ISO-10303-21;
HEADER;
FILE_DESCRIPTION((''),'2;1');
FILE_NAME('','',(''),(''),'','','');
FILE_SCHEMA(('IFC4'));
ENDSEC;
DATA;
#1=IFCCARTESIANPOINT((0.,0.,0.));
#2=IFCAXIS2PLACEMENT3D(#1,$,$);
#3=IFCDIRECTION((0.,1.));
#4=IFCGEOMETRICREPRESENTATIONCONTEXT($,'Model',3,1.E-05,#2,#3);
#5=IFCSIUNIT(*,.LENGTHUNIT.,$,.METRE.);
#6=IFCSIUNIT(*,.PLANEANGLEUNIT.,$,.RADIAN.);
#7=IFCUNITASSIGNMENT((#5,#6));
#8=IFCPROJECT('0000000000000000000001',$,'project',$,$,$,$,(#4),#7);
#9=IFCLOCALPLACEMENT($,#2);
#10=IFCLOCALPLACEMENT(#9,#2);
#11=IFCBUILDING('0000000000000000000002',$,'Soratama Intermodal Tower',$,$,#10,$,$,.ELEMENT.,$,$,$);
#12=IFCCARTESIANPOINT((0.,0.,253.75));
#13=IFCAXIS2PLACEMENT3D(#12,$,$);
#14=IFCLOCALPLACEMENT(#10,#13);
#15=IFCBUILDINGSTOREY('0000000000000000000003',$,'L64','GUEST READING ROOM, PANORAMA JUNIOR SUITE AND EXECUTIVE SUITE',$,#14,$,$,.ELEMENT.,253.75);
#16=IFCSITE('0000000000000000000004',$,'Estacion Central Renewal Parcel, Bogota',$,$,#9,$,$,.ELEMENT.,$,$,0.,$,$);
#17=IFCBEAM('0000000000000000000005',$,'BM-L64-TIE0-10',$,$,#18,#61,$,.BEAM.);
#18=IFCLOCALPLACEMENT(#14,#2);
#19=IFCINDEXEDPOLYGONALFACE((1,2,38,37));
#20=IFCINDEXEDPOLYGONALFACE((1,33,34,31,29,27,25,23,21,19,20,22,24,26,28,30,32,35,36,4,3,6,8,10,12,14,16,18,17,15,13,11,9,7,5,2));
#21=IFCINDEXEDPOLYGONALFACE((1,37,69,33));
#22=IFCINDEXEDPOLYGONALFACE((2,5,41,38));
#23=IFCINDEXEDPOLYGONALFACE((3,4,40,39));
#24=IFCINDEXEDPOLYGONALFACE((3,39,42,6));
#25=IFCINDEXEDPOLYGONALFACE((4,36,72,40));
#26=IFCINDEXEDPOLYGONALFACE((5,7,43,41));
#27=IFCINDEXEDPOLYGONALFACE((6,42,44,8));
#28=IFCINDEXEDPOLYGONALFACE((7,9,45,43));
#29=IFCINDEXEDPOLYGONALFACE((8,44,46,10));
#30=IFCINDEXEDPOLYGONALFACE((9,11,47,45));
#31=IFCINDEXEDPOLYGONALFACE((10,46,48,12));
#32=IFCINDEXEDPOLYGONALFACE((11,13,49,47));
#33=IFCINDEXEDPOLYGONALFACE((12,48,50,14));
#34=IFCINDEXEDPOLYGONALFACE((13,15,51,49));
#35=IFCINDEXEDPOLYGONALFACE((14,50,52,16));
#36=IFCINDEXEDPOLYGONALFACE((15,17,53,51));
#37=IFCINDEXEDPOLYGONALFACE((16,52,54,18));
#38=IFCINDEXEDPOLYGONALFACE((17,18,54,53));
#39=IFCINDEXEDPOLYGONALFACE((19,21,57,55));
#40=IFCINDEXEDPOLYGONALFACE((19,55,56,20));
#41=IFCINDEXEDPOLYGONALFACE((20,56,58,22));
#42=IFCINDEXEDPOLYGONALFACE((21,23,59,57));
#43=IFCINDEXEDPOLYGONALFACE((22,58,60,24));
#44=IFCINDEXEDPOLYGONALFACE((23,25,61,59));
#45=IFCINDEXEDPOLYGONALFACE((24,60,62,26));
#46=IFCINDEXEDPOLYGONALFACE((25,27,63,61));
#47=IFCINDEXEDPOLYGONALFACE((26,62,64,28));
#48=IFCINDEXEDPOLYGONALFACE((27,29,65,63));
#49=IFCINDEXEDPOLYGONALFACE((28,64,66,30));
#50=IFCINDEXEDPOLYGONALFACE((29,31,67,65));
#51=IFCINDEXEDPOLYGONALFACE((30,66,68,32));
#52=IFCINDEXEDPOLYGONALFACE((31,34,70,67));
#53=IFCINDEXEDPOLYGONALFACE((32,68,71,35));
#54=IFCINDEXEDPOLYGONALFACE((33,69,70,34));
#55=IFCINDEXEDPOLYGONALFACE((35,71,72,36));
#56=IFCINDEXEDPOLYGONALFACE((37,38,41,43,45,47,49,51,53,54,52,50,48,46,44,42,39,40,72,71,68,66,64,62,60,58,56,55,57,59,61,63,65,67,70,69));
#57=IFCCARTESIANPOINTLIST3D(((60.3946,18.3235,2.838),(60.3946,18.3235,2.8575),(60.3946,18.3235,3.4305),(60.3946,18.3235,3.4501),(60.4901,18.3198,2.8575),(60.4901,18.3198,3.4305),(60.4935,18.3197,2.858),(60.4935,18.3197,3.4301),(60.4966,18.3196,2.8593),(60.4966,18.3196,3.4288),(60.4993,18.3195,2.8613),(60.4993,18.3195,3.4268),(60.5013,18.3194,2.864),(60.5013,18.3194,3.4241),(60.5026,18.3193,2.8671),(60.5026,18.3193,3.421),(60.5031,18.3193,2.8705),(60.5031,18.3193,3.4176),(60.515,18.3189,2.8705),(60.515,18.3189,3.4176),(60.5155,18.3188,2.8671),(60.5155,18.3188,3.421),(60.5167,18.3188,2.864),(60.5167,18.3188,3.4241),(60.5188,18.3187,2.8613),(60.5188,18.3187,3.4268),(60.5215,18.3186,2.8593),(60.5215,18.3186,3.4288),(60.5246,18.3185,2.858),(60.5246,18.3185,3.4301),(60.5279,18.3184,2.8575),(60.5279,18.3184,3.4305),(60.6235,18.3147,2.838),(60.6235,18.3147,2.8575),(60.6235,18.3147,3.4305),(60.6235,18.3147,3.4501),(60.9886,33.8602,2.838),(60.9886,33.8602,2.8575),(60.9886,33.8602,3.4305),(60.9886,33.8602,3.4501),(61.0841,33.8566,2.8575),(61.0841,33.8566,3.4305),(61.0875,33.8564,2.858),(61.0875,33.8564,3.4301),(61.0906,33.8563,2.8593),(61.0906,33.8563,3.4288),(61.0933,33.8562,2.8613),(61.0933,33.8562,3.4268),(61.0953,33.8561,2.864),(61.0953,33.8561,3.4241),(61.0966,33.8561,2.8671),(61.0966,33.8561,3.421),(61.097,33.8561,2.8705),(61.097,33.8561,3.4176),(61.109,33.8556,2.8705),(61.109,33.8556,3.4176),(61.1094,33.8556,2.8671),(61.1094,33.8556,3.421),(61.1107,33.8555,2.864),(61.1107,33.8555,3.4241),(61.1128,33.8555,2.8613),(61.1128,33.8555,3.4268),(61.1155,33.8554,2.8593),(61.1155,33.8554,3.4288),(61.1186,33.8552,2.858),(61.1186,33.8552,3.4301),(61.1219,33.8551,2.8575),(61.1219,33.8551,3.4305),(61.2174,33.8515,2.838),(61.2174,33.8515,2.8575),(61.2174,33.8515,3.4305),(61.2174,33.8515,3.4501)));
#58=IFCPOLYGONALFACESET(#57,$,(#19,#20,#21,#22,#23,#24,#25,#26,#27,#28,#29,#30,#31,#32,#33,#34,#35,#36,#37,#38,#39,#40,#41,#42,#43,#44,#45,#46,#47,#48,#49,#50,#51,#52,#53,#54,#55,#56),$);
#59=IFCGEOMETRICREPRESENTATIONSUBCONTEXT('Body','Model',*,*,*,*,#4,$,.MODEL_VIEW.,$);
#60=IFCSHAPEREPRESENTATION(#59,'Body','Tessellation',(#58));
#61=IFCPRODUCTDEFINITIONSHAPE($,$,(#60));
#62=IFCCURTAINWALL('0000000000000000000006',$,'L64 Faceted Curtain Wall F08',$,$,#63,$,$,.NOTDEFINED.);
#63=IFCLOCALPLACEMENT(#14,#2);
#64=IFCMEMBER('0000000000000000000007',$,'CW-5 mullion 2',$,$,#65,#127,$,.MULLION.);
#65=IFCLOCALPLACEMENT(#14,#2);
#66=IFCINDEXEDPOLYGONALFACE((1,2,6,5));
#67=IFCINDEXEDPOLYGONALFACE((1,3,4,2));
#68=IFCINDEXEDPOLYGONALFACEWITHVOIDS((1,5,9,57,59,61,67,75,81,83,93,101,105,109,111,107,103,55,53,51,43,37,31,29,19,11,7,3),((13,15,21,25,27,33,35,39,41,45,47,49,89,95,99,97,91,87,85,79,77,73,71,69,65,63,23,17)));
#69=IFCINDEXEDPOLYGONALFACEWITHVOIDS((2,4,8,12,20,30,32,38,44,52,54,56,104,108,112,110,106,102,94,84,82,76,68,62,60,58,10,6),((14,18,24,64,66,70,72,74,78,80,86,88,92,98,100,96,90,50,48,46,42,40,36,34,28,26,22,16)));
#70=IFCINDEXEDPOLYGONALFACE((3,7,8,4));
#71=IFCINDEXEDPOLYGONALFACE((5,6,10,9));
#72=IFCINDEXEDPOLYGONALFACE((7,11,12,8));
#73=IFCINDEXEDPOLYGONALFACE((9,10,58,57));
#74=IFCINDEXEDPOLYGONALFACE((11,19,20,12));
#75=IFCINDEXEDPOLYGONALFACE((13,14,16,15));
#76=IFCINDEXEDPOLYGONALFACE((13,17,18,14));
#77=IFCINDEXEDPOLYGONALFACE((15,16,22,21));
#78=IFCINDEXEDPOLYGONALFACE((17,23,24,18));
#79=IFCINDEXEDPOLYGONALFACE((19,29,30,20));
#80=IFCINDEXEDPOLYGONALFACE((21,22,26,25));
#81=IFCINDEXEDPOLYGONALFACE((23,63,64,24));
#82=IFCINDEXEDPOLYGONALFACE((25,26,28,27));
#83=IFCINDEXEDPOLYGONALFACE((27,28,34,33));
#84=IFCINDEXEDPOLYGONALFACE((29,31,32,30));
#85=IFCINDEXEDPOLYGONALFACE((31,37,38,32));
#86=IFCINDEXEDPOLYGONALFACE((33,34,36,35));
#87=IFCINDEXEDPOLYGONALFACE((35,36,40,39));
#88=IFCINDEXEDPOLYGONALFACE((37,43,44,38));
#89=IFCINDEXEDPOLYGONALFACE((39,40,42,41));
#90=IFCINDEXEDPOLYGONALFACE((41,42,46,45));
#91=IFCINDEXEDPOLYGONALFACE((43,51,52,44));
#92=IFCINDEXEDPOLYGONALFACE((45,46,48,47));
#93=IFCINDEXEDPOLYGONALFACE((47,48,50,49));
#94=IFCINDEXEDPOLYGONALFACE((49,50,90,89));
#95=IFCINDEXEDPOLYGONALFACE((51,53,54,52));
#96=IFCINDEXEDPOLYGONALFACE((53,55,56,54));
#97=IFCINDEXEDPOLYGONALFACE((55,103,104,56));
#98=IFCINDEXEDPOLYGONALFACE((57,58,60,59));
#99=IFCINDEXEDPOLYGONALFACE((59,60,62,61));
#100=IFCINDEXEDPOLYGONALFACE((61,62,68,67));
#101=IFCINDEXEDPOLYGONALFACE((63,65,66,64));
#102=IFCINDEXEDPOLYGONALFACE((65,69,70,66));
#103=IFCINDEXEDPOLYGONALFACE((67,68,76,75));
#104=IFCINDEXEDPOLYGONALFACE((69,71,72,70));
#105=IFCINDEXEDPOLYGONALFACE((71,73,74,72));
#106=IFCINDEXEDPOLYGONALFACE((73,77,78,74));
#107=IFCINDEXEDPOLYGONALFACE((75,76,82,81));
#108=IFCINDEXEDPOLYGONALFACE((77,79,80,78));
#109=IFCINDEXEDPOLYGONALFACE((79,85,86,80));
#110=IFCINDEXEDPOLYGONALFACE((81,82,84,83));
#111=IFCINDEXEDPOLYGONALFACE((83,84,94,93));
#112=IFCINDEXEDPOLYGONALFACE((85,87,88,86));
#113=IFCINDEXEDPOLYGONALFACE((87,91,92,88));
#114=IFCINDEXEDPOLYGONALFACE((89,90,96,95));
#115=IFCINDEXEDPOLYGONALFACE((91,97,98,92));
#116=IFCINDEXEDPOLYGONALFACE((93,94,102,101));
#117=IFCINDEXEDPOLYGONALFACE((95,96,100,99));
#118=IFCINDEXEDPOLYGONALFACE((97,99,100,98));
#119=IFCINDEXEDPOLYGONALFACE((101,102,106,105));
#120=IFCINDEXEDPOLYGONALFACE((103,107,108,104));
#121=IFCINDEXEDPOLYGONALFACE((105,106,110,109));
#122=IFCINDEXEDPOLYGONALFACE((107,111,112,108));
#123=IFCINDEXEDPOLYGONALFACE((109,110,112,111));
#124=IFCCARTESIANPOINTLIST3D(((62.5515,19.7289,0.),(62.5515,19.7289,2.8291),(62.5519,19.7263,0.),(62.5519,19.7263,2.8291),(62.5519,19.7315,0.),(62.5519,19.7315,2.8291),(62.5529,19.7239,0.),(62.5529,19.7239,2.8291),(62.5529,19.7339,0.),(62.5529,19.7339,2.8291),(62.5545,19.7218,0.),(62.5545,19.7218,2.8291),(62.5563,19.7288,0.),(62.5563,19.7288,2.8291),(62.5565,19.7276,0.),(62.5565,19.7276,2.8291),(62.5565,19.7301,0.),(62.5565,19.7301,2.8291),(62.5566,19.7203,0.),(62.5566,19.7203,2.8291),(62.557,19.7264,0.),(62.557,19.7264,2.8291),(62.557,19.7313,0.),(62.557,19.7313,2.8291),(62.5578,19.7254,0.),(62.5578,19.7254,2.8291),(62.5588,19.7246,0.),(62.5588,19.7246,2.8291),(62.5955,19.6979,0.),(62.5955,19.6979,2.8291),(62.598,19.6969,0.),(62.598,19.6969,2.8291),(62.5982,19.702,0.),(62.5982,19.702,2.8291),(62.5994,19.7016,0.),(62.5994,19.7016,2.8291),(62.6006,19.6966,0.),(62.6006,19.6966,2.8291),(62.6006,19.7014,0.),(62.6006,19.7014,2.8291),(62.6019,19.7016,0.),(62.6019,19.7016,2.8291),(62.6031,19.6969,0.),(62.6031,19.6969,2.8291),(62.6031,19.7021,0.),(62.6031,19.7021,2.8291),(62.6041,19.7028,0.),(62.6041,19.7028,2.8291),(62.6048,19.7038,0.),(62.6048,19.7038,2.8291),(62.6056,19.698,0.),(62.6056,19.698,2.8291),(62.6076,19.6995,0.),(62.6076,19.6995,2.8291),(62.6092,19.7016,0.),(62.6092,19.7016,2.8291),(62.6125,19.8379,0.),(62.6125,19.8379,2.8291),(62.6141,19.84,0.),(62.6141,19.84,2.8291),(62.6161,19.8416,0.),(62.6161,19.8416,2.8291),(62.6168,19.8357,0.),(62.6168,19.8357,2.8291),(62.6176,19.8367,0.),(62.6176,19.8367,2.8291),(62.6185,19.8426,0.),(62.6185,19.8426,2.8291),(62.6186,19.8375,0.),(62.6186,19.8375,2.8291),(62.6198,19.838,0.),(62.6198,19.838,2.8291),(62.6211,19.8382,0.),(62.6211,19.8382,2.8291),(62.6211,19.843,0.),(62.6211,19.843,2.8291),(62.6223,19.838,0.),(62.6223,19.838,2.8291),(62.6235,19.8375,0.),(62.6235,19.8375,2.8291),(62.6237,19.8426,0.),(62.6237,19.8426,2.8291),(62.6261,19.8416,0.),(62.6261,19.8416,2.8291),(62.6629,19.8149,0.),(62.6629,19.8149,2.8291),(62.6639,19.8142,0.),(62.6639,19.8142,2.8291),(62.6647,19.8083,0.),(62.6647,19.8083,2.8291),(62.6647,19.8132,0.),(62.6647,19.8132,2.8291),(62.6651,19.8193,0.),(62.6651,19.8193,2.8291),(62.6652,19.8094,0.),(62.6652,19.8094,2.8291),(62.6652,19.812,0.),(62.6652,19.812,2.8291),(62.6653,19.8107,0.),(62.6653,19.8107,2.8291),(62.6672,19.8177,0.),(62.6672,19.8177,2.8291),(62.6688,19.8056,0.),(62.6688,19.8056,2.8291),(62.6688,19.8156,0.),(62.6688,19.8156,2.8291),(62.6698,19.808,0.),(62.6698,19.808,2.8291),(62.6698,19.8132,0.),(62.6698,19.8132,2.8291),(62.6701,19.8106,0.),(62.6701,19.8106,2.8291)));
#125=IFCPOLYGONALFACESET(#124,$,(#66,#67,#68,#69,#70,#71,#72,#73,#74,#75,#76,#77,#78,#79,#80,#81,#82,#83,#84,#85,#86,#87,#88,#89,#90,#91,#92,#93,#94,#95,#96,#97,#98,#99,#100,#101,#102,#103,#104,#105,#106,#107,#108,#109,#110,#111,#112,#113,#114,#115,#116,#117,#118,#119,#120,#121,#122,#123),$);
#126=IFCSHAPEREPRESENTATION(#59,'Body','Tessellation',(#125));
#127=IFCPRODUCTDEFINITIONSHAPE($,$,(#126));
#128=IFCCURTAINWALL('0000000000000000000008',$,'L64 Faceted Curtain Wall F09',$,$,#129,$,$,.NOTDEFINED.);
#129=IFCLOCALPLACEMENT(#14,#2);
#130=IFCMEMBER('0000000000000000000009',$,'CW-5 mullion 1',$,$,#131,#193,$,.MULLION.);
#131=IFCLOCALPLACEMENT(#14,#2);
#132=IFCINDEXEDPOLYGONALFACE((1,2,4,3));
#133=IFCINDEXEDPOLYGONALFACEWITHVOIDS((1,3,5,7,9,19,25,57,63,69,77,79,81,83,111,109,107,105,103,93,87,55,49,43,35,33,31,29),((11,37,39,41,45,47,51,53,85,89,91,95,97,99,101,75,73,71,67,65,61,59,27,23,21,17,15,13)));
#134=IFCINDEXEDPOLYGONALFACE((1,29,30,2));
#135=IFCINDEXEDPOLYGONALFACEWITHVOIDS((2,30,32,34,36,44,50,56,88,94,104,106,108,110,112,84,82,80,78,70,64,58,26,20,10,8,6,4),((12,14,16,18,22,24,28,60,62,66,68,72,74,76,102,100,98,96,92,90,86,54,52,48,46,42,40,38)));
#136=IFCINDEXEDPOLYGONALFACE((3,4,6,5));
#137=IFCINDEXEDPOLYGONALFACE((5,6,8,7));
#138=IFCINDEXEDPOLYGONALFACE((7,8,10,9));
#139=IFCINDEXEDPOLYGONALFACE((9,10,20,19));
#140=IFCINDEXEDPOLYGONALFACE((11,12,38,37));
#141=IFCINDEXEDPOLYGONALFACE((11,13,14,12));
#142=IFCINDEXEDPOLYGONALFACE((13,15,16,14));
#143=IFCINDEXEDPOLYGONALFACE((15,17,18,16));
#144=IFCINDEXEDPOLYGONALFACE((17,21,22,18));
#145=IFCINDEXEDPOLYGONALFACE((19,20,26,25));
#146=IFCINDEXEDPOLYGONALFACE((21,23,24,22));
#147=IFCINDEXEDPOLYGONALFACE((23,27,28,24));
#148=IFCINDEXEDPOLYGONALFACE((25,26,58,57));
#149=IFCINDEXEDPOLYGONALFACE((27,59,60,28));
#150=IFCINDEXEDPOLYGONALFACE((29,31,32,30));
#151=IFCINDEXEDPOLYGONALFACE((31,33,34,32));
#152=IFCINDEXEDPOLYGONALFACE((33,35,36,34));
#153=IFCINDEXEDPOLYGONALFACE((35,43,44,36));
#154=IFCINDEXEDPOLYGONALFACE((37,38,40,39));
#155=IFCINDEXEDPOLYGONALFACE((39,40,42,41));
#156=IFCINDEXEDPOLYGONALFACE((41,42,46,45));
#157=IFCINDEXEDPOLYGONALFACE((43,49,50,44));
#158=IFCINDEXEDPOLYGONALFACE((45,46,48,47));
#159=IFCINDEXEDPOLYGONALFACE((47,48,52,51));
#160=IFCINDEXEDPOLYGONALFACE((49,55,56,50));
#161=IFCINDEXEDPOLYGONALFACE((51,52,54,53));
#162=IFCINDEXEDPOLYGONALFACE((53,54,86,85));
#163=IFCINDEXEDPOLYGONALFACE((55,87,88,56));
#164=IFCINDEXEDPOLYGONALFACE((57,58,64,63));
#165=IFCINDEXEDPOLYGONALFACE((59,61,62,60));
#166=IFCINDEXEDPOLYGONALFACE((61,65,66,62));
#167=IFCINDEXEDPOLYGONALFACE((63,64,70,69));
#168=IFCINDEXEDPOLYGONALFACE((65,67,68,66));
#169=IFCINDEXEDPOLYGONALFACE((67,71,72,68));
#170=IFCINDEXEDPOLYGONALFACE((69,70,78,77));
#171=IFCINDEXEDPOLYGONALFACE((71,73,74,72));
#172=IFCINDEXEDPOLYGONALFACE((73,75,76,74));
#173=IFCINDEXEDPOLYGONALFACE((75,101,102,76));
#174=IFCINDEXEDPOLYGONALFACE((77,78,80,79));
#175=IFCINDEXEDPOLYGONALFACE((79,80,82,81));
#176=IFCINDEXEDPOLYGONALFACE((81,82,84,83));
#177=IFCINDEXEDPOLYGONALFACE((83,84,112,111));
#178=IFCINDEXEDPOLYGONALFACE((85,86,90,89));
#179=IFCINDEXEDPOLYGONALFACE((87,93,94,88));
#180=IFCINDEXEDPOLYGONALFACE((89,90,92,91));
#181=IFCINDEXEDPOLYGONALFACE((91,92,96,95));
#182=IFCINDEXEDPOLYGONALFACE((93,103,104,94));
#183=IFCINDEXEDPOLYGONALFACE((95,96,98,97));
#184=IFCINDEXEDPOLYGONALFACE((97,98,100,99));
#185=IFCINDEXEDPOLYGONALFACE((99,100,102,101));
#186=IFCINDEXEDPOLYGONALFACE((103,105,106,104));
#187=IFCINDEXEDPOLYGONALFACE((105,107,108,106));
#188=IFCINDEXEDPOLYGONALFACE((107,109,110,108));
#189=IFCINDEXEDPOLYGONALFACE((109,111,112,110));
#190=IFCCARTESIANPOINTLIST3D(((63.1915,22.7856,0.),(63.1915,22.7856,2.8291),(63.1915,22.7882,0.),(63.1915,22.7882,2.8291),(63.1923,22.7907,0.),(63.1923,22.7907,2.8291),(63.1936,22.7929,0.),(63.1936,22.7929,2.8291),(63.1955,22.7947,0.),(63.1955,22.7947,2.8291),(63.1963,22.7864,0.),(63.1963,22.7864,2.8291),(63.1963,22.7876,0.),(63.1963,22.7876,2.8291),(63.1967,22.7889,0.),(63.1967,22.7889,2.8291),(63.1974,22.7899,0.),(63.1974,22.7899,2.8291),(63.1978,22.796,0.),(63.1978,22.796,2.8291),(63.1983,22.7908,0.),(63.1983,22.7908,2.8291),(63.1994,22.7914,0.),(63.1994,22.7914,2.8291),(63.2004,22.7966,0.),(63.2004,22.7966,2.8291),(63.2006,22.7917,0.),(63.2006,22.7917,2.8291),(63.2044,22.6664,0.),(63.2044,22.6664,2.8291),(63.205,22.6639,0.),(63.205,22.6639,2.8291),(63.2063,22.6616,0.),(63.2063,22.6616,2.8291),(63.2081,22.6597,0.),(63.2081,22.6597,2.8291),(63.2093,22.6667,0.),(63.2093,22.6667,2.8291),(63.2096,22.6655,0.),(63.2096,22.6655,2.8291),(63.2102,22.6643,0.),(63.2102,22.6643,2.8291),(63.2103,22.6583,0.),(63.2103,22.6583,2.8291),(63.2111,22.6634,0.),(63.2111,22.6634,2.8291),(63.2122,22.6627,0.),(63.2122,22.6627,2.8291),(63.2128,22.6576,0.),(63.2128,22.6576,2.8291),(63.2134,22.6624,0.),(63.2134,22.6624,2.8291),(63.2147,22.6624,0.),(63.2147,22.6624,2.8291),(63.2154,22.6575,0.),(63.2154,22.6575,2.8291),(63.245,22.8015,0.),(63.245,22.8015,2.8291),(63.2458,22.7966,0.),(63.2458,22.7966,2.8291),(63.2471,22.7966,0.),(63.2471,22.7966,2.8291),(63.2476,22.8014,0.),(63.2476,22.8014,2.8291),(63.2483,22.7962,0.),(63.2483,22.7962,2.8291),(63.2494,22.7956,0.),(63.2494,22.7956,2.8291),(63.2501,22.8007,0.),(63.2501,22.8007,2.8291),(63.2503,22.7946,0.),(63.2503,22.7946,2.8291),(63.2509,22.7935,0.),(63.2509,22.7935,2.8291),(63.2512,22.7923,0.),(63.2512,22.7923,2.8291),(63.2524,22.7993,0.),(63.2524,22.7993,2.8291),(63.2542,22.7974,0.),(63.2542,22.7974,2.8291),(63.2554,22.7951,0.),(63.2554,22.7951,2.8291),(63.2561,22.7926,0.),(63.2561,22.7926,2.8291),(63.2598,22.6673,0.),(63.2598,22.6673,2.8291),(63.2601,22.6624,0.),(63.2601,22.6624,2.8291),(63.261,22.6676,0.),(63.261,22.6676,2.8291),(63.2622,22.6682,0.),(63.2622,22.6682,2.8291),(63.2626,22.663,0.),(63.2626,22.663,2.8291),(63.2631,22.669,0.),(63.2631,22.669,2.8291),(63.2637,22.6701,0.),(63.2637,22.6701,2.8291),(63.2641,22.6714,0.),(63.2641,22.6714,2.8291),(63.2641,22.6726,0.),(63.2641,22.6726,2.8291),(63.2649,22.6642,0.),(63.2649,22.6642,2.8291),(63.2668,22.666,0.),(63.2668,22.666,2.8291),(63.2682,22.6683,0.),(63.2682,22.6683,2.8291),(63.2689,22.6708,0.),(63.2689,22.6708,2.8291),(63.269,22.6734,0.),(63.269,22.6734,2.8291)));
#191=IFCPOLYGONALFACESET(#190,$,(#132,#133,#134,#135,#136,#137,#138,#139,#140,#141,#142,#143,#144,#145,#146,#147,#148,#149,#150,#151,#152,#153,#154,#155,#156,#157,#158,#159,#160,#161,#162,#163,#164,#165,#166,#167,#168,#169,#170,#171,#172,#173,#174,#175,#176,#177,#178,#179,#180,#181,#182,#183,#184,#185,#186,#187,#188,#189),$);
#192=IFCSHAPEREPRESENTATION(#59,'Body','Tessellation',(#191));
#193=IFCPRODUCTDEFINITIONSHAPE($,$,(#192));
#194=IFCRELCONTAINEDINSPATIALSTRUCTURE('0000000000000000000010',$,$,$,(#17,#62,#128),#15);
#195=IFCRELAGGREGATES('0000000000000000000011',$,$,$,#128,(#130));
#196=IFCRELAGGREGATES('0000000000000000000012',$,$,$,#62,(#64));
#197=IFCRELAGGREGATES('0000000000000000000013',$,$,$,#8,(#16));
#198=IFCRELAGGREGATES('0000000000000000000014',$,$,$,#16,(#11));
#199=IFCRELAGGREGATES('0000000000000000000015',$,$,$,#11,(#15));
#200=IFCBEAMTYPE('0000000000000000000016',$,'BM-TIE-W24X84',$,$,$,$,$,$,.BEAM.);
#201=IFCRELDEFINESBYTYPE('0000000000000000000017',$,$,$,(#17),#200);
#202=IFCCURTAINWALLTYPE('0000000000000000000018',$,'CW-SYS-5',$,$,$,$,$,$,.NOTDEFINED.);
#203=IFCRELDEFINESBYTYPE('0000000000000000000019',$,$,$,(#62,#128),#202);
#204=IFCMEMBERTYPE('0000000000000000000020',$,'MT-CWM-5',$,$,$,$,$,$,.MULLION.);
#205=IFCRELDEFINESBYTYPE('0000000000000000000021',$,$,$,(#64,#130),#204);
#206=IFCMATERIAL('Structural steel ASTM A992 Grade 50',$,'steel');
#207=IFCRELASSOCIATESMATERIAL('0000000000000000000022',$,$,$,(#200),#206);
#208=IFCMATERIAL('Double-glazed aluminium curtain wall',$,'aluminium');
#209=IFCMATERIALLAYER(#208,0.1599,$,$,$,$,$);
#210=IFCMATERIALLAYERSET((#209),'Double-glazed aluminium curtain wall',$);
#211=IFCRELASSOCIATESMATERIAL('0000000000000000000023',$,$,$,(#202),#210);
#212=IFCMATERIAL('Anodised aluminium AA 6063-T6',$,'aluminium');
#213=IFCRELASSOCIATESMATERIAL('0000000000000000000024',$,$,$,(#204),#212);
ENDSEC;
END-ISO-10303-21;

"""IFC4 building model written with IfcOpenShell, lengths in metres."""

from ifc_helpers import new_model, si_unit, direction, frame, origin, origin_2d, place, context, subcontext, project, spatial, hollow_rectangle, i_section, extrude, material, layer, layer_set, material_profile, profile_set, type_object, element, aggregate, save


model = new_model("IFC4")

# Units and contexts
model_context = context("Model", 3, precision=1e-05, world=origin(), true_north=direction((0.0, 1.0)))
body_context = subcontext(model_context, "Body", "Model", "MODEL_VIEW")
ifc_project = project(units=[si_unit("LENGTHUNIT", "METRE"), si_unit("PLANEANGLEUNIT", "RADIAN")], contexts=[model_context])

# Site, building, storey
site_placement = place(None, origin())
site = spatial("IfcSite", under=ifc_project, at=site_placement, Name="Estacion Central Renewal Parcel, Bogota", CompositionType="ELEMENT", RefElevation=0.0)
building_placement = place(site_placement, origin())
building = spatial("IfcBuilding", under=site, at=building_placement, Name="Soratama Intermodal Tower", CompositionType="ELEMENT")
storey_placement = place(building_placement, frame((0.0, 0.0, 253.75)))
storey = spatial("IfcBuildingStorey", under=building, at=storey_placement, Name="L64", Description="GUEST READING ROOM, PANORAMA JUNIOR SUITE AND EXECUTIVE SUITE", CompositionType="ELEMENT", Elevation=253.75)

# Beam
ifc_material_1 = material(Name="Structural steel ASTM A992 Grade 50", Category="steel")
ifc_material_profile_1 = material_profile(ifc_material_1, i_section(OverallWidth=0.229, OverallDepth=0.6121, WebThickness=0.012, FlangeThickness=0.0195, FilletRadius=0.0129, at=origin_2d()), Name="W24X84")
ifc_profile_set_1 = profile_set([ifc_material_profile_1], Name="Structural steel ASTM A992 Grade 50")
beam_type_1 = type_object("IfcBeamType", Name="BM-TIE-W24X84", PredefinedType="BEAM", material=ifc_profile_set_1)
beam_1_placement = place(storey_placement, frame((60.509, 18.3191, 3.144), z_axis=(0.038203, 0.99927, 0.0), x_axis=(-0.99927, 0.038203, 0.0)))
element("IfcBeam", 1, at=beam_1_placement, inside=storey, type_object=beam_type_1, Name="BM-L64-TIE0-10", PredefinedType="BEAM", context=body_context, shape_type="SweptSolid", body=[
    extrude(i_section(OverallWidth=0.229, OverallDepth=0.6121, WebThickness=0.012, FlangeThickness=0.0195, FilletRadius=0.0129, at=origin_2d()), origin(), (0.0, 0.0, 1.0), 15.5481),
])

# Curtain wall, member
ifc_material_2 = material(Name="Double-glazed aluminium curtain wall", Category="aluminium")
ifc_layer_1 = layer(ifc_material_2, 0.1599)
ifc_layer_set_1 = layer_set([ifc_layer_1], Name="Double-glazed aluminium curtain wall")
curtain_wall_type = type_object("IfcCurtainWallType", Name="CW-SYS-5", PredefinedType="NOTDEFINED", material=ifc_layer_set_1)
curtain_wall_1_placement = place(storey_placement, origin())
curtain_wall_1 = element("IfcCurtainWall", 2, at=curtain_wall_1_placement, inside=storey, type_object=curtain_wall_type, Name="L64 Faceted Curtain Wall F08", PredefinedType="NOTDEFINED")
ifc_material_3 = material(Name="Anodised aluminium AA 6063-T6", Category="aluminium")
ifc_material_profile_2 = material_profile(ifc_material_3, hollow_rectangle(XDim=0.0649, YDim=0.1399, WallThickness=0.0049, InnerFilletRadius=0.0049, OuterFilletRadius=0.01, at=origin_2d()), Name="CWM140X65X5")
ifc_profile_set_2 = profile_set([ifc_material_profile_2], Name="Anodised aluminium AA 6063-T6")
member_type_1 = type_object("IfcMemberType", Name="MT-CWM-5", PredefinedType="MULLION", material=ifc_profile_set_2)
member_1_placement = place(storey_placement, frame((62.6108, 19.7698, 0.0), z_axis=(0.0, 0.0, 1.0), x_axis=(-0.867588, 0.497284, 0.0)))
member_1 = element("IfcMember", 3, at=member_1_placement, type_object=member_type_1, Name="CW-5 mullion 2", PredefinedType="MULLION", context=body_context, shape_type="SweptSolid", body=[
    extrude(hollow_rectangle(XDim=0.0649, YDim=0.1399, WallThickness=0.0049, InnerFilletRadius=0.0049, OuterFilletRadius=0.01, at=origin_2d()), origin(), (0.0, 0.0, 1.0), 2.8291),
])

# Curtain wall, member
curtain_wall_2_placement = place(storey_placement, origin())
curtain_wall_2 = element("IfcCurtainWall", 4, at=curtain_wall_2_placement, inside=storey, type_object=curtain_wall_type, Name="L64 Faceted Curtain Wall F09", PredefinedType="NOTDEFINED")
member_2_placement = place(storey_placement, frame((63.2302, 22.7295, 0.0), z_axis=(0.0, 0.0, 1.0), x_axis=(-0.994188, -0.107661, 0.0)))
member_2 = element("IfcMember", 5, at=member_2_placement, type_object=member_type_1, Name="CW-5 mullion 1", PredefinedType="MULLION", context=body_context, shape_type="SweptSolid", body=[
    extrude(hollow_rectangle(XDim=0.0649, YDim=0.1399, WallThickness=0.0049, InnerFilletRadius=0.0049, OuterFilletRadius=0.01, at=origin_2d()), origin(), (0.0, 0.0, 1.0), 2.8291),
])
aggregate(curtain_wall_2, [member_2])

aggregate(curtain_wall_1, [member_1])

save(model, "model.ifc")
